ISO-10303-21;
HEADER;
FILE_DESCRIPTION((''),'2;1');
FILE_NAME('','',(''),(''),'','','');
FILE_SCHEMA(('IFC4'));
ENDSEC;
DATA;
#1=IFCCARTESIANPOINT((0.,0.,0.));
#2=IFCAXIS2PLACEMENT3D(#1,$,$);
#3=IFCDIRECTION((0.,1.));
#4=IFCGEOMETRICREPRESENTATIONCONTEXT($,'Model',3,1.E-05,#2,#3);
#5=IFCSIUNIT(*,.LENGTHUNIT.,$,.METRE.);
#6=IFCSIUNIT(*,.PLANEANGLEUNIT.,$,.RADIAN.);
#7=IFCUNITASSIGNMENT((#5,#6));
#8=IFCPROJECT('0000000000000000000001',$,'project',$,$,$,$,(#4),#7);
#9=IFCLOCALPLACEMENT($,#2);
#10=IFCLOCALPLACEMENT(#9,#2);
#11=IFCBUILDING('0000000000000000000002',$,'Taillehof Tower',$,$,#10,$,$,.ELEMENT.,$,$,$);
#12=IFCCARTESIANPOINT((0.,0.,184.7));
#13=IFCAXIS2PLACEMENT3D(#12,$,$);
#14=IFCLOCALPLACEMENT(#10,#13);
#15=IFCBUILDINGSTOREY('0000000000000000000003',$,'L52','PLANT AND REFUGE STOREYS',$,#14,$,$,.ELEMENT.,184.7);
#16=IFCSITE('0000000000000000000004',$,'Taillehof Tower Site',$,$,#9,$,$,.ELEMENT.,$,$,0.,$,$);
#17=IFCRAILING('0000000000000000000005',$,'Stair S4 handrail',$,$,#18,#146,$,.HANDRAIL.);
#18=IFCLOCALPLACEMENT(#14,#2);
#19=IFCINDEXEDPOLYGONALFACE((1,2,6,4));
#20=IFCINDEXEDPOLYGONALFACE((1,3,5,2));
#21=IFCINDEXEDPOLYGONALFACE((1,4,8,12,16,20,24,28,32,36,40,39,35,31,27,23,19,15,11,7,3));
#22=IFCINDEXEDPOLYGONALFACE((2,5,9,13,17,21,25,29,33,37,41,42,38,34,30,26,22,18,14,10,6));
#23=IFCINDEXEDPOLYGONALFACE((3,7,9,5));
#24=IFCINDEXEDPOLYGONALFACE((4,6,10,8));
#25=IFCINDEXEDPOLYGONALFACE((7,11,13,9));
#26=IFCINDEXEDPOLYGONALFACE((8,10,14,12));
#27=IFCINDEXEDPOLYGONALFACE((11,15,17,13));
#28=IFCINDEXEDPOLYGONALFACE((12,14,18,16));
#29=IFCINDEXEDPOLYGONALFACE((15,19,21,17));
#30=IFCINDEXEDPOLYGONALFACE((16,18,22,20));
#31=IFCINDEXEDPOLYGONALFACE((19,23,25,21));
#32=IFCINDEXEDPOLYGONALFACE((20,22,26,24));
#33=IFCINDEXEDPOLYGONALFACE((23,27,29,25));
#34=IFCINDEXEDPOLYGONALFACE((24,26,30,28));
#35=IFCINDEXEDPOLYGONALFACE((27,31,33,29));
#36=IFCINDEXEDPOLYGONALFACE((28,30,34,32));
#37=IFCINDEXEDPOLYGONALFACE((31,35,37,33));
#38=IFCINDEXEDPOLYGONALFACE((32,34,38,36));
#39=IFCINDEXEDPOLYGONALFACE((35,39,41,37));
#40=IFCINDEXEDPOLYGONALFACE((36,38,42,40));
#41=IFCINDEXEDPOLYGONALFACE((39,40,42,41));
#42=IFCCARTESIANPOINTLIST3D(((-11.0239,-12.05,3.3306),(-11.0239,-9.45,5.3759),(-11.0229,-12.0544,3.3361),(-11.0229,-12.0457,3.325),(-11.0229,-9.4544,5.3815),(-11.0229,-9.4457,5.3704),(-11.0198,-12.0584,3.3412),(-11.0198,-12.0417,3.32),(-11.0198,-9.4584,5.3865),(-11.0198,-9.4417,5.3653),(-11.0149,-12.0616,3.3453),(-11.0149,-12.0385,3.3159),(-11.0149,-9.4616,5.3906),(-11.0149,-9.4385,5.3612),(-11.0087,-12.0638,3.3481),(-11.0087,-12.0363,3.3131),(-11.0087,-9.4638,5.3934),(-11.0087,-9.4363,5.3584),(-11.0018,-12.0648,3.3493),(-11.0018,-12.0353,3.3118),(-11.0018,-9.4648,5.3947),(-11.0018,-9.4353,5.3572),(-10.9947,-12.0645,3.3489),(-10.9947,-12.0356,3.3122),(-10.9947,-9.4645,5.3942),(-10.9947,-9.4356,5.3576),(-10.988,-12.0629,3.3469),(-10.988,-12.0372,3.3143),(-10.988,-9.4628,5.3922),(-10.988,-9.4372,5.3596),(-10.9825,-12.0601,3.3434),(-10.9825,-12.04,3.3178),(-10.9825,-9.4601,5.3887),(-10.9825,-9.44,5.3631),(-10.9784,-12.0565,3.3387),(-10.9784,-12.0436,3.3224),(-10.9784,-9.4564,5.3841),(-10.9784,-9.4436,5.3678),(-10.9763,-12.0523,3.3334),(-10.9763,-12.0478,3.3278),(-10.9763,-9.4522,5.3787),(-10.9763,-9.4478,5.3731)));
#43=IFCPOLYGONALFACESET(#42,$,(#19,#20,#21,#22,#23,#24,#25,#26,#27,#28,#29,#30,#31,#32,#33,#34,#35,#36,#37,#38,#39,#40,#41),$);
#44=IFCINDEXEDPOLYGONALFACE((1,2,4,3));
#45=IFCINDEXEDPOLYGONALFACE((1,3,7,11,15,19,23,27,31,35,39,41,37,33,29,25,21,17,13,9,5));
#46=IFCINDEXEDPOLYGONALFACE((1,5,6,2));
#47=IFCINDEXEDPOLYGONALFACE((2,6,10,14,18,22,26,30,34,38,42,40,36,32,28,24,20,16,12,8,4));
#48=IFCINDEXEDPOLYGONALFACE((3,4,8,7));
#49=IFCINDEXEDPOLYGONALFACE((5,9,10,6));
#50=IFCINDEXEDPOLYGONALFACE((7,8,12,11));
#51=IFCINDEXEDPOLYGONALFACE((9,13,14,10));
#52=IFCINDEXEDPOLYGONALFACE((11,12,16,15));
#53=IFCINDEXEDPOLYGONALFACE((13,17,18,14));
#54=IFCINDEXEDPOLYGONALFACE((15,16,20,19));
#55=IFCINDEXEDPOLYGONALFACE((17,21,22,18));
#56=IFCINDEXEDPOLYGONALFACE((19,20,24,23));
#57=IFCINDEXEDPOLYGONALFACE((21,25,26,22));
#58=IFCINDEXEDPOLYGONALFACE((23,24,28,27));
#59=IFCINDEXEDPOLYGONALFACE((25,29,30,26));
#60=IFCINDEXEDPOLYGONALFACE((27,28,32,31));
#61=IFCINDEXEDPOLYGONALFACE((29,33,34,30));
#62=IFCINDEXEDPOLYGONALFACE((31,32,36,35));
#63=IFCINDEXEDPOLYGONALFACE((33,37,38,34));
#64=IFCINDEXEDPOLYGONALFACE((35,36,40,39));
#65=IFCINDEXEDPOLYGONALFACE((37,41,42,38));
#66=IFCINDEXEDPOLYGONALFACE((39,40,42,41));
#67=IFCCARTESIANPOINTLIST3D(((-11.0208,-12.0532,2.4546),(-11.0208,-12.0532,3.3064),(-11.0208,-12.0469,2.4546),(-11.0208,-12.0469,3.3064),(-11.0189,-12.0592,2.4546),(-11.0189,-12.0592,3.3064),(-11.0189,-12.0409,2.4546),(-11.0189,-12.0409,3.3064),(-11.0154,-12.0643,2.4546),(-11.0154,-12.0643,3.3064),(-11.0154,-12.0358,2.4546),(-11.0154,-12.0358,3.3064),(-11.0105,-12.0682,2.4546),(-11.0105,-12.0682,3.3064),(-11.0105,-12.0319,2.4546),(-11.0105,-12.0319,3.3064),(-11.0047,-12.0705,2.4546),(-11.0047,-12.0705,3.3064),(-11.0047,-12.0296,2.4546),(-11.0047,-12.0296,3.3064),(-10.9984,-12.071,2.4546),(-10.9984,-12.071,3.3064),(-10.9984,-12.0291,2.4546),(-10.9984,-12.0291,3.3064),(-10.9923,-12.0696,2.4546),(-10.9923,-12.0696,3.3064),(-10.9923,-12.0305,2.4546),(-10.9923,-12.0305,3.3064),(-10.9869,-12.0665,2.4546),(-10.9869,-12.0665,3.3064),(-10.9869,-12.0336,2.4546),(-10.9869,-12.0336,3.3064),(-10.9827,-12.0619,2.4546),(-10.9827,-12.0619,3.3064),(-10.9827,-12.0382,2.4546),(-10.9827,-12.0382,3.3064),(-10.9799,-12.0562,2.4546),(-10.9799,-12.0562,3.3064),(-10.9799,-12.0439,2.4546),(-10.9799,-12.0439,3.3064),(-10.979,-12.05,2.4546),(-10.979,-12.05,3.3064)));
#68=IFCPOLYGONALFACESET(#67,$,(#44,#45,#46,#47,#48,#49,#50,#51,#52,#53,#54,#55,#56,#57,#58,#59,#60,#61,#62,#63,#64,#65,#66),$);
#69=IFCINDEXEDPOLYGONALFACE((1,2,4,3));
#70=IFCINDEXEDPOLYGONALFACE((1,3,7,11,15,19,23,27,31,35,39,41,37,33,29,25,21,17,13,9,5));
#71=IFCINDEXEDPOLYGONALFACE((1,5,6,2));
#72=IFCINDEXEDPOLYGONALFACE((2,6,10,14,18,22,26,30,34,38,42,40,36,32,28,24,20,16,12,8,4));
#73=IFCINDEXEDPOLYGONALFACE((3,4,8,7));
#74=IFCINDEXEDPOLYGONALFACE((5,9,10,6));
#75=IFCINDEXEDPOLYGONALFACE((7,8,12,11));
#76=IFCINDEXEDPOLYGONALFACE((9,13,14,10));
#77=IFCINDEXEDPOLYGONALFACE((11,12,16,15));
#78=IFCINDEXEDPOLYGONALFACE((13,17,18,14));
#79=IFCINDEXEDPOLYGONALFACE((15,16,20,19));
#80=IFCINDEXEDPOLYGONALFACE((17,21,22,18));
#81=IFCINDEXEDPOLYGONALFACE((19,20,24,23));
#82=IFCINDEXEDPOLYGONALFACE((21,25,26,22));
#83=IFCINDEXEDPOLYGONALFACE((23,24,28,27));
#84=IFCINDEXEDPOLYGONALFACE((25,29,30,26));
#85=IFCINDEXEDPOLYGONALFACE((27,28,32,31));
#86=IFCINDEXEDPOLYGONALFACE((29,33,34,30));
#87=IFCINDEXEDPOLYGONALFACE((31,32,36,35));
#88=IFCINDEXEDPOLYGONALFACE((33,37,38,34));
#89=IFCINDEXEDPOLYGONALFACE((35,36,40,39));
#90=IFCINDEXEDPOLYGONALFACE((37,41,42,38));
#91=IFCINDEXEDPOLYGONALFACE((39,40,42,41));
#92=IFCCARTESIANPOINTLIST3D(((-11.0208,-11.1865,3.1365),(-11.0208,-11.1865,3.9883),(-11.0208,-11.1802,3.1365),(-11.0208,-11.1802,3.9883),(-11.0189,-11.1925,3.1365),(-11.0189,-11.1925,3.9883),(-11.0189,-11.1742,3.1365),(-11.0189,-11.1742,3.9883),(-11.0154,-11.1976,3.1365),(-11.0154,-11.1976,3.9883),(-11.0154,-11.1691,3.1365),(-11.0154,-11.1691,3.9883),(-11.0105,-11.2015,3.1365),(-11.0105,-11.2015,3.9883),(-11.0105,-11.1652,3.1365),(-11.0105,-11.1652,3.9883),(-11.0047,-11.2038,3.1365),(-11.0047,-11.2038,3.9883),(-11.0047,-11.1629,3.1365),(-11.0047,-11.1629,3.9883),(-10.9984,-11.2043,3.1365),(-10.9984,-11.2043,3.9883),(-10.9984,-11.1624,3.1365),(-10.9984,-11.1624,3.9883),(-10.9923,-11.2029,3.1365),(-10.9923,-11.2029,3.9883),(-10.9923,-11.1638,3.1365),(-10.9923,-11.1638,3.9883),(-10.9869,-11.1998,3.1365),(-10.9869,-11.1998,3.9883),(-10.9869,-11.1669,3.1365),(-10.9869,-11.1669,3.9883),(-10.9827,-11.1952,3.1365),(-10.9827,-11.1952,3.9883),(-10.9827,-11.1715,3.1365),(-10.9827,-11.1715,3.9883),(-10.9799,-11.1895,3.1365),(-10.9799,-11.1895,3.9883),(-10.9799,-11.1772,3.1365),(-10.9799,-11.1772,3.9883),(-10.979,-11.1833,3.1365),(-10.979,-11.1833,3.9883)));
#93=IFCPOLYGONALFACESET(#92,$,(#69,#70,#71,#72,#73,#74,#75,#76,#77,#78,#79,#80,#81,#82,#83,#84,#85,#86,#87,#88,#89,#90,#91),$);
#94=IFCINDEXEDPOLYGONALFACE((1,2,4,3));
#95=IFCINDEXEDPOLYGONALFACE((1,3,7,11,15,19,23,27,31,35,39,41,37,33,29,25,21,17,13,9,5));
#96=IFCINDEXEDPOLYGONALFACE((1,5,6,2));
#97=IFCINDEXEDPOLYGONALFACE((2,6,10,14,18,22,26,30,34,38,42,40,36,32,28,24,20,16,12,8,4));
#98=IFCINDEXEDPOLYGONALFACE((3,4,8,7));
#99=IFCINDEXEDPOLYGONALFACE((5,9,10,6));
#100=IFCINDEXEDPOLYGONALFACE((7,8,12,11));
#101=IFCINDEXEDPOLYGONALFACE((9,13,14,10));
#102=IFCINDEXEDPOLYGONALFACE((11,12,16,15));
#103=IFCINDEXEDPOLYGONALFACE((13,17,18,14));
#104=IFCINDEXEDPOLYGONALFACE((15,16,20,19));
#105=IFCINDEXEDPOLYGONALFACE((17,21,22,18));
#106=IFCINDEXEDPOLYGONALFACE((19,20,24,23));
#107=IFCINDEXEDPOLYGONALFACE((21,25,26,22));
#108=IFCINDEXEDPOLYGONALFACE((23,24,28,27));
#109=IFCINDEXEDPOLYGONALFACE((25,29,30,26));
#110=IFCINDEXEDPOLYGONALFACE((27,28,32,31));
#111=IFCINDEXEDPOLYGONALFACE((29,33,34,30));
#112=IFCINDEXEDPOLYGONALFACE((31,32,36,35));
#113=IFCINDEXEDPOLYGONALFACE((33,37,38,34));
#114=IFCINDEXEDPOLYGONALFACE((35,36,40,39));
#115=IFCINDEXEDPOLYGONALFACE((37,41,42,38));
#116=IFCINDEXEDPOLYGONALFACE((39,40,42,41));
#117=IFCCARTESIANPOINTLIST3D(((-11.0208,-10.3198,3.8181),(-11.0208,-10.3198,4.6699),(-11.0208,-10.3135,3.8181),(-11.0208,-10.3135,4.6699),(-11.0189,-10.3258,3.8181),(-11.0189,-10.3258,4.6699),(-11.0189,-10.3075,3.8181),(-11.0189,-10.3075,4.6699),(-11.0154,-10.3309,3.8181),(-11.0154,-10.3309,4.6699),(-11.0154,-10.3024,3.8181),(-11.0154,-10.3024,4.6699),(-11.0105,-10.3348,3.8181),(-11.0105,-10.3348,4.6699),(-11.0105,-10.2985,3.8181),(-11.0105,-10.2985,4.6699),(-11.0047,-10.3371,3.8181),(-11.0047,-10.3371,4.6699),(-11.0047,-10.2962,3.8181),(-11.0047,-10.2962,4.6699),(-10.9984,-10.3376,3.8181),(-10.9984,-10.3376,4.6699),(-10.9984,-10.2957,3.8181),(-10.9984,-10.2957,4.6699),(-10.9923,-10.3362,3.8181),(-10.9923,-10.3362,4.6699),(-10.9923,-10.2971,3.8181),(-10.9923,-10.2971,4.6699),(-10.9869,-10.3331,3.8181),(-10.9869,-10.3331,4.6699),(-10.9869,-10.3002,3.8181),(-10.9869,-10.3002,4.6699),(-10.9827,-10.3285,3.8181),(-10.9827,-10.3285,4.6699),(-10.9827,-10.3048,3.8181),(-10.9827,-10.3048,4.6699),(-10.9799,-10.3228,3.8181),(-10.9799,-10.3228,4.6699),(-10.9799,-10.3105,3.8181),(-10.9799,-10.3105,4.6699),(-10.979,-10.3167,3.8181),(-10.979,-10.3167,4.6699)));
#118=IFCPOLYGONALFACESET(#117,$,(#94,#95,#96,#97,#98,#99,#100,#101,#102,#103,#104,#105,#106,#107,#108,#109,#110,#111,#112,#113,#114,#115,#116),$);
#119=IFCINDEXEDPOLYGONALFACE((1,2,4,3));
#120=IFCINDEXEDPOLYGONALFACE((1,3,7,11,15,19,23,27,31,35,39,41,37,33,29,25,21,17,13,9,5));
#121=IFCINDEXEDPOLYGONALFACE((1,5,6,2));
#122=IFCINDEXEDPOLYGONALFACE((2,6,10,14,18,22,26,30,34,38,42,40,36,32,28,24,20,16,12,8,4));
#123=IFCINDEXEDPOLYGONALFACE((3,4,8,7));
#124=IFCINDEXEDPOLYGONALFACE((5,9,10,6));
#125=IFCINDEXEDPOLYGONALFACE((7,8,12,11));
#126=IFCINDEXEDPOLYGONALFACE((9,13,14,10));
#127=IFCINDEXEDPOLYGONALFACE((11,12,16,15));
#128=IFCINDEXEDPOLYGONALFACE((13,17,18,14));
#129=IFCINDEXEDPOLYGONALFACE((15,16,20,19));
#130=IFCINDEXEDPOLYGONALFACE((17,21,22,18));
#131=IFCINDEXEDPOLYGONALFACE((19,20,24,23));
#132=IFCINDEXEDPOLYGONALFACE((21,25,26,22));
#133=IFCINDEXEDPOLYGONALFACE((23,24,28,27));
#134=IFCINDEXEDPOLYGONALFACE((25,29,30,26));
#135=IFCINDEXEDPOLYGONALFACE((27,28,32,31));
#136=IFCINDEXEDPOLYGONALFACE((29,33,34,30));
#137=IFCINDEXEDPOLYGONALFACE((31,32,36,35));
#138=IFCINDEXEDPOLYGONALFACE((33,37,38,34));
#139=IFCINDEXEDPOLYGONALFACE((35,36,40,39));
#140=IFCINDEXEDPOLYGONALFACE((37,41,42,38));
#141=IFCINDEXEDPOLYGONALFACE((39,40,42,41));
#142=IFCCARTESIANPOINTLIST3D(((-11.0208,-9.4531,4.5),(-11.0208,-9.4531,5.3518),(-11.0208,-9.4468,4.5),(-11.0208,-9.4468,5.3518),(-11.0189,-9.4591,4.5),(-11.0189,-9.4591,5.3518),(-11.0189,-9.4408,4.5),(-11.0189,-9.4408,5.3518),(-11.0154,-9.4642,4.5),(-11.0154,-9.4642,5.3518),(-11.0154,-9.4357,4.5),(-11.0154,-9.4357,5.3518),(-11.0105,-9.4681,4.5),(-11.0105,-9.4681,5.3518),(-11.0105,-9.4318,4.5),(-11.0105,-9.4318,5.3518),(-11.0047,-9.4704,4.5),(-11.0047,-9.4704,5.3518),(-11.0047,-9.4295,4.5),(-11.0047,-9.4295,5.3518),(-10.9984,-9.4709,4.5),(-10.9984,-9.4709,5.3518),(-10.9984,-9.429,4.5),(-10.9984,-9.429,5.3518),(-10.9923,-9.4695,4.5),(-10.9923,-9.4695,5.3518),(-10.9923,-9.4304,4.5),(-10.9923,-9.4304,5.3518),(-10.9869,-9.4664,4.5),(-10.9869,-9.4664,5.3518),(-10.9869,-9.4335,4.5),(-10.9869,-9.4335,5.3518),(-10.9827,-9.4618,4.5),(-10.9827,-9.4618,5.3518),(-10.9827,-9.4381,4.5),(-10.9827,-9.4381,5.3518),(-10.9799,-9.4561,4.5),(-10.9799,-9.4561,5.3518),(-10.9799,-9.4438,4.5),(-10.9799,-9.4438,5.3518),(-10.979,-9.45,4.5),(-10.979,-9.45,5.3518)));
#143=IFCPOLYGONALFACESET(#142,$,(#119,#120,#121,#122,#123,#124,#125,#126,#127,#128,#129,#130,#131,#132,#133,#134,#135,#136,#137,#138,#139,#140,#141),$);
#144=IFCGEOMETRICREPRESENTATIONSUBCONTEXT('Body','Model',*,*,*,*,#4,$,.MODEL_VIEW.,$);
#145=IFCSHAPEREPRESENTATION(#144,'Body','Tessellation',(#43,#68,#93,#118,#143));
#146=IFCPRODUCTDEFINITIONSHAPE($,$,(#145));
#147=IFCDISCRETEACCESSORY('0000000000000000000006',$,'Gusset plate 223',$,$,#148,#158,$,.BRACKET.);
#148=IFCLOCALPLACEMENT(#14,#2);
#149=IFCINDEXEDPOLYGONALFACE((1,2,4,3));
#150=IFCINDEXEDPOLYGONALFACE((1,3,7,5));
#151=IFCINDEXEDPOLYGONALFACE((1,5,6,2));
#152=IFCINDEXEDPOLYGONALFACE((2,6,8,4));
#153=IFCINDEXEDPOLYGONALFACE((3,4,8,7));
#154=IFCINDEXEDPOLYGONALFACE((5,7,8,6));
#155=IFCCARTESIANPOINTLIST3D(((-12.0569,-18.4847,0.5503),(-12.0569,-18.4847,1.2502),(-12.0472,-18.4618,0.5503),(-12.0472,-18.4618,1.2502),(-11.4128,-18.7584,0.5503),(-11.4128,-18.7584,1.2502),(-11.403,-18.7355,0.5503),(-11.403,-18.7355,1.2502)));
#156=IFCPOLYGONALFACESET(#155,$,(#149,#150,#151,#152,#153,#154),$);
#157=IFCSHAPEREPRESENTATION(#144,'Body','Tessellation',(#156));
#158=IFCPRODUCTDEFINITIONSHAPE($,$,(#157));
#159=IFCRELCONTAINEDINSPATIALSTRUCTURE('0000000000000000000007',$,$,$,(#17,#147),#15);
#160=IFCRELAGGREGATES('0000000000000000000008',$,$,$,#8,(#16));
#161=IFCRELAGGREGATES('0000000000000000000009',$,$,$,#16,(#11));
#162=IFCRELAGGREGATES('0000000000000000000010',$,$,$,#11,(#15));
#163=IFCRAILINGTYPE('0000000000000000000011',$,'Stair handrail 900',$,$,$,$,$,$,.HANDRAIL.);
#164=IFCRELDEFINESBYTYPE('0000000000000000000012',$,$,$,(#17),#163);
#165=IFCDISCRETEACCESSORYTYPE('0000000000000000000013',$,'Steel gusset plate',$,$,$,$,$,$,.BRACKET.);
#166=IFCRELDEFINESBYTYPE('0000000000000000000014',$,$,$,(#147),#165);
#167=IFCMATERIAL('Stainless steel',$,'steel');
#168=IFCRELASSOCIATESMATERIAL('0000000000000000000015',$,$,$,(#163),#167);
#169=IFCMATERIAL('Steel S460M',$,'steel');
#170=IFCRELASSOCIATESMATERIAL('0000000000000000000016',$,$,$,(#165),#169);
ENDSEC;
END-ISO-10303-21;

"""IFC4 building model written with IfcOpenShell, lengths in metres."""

from ifc_helpers import new_model, si_unit, direction, frame, origin, origin_2d, place, context, subcontext, project, spatial, rectangle, circle, extrude, material, type_object, element, save


model = new_model("IFC4")

# Units and contexts
model_context = context("Model", 3, precision=1e-05, world=origin(), true_north=direction((0.0, 1.0)))
body_context = subcontext(model_context, "Body", "Model", "MODEL_VIEW")
ifc_project = project(units=[si_unit("LENGTHUNIT", "METRE"), si_unit("PLANEANGLEUNIT", "RADIAN")], contexts=[model_context])

# Site, building, storey
site_placement = place(None, origin())
site = spatial("IfcSite", under=ifc_project, at=site_placement, Name="Taillehof Tower Site", CompositionType="ELEMENT", RefElevation=0.0)
building_placement = place(site_placement, origin())
building = spatial("IfcBuilding", under=site, at=building_placement, Name="Taillehof Tower", CompositionType="ELEMENT")
storey_placement = place(building_placement, frame((0.0, 0.0, 184.7)))
storey = spatial("IfcBuildingStorey", under=building, at=storey_placement, Name="L52", Description="PLANT AND REFUGE STOREYS", CompositionType="ELEMENT", Elevation=184.7)

# Railing
ifc_material_1 = material(Name="Stainless steel", Category="steel")
railing_type = type_object("IfcRailingType", Name="Stair handrail 900", PredefinedType="HANDRAIL", material=ifc_material_1)
railing_placement = place(storey_placement, frame((-11.0, -12.05, 2.4546)))
element("IfcRailing", 1, at=railing_placement, inside=storey, type_object=railing_type, Name="Stair S4 handrail", PredefinedType="HANDRAIL", context=body_context, shape_type="SweptSolid", body=[
    extrude(circle(Radius=0.0239, at=origin_2d()), frame((0.0, 0.0, 0.876), z_axis=(0.0, 0.785955, 0.618284), x_axis=(-1.0, 0.0, 0.0)), (0.0, 0.0, 1.0), 3.3081),
    extrude(circle(Radius=0.021, at=origin_2d()), origin(), (0.0, 0.0, 1.0), 0.8518),
    extrude(circle(Radius=0.021, at=origin_2d()), frame((0.0, 0.8667, 0.6819)), (0.0, 0.0, 1.0), 0.8518),
    extrude(circle(Radius=0.021, at=origin_2d()), frame((0.0, 1.7334, 1.3635)), (0.0, 0.0, 1.0), 0.8518),
    extrude(circle(Radius=0.021, at=origin_2d()), frame((0.0, 2.6001, 2.0454)), (0.0, 0.0, 1.0), 0.8518),
])

# Discrete accessory
ifc_material_2 = material(Name="Steel S460M", Category="steel")
discrete_accessory_type = type_object("IfcDiscreteAccessoryType", Name="Steel gusset plate", PredefinedType="BRACKET", material=ifc_material_2)
discrete_accessory_placement = place(storey_placement, frame((-11.73, -18.6101, 0.5503), z_axis=(0.0, 0.0, 1.0), x_axis=(0.920347, -0.391102, 0.0)))
element("IfcDiscreteAccessory", 2, at=discrete_accessory_placement, inside=storey, type_object=discrete_accessory_type, Name="Gusset plate 223", PredefinedType="BRACKET", context=body_context, shape_type="SweptSolid", body=[
    extrude(rectangle(XDim=0.7, YDim=0.0249, at=origin_2d()), origin(), (0.0, 0.0, 1.0), 0.7),
])

save(model, "model.ifc")
